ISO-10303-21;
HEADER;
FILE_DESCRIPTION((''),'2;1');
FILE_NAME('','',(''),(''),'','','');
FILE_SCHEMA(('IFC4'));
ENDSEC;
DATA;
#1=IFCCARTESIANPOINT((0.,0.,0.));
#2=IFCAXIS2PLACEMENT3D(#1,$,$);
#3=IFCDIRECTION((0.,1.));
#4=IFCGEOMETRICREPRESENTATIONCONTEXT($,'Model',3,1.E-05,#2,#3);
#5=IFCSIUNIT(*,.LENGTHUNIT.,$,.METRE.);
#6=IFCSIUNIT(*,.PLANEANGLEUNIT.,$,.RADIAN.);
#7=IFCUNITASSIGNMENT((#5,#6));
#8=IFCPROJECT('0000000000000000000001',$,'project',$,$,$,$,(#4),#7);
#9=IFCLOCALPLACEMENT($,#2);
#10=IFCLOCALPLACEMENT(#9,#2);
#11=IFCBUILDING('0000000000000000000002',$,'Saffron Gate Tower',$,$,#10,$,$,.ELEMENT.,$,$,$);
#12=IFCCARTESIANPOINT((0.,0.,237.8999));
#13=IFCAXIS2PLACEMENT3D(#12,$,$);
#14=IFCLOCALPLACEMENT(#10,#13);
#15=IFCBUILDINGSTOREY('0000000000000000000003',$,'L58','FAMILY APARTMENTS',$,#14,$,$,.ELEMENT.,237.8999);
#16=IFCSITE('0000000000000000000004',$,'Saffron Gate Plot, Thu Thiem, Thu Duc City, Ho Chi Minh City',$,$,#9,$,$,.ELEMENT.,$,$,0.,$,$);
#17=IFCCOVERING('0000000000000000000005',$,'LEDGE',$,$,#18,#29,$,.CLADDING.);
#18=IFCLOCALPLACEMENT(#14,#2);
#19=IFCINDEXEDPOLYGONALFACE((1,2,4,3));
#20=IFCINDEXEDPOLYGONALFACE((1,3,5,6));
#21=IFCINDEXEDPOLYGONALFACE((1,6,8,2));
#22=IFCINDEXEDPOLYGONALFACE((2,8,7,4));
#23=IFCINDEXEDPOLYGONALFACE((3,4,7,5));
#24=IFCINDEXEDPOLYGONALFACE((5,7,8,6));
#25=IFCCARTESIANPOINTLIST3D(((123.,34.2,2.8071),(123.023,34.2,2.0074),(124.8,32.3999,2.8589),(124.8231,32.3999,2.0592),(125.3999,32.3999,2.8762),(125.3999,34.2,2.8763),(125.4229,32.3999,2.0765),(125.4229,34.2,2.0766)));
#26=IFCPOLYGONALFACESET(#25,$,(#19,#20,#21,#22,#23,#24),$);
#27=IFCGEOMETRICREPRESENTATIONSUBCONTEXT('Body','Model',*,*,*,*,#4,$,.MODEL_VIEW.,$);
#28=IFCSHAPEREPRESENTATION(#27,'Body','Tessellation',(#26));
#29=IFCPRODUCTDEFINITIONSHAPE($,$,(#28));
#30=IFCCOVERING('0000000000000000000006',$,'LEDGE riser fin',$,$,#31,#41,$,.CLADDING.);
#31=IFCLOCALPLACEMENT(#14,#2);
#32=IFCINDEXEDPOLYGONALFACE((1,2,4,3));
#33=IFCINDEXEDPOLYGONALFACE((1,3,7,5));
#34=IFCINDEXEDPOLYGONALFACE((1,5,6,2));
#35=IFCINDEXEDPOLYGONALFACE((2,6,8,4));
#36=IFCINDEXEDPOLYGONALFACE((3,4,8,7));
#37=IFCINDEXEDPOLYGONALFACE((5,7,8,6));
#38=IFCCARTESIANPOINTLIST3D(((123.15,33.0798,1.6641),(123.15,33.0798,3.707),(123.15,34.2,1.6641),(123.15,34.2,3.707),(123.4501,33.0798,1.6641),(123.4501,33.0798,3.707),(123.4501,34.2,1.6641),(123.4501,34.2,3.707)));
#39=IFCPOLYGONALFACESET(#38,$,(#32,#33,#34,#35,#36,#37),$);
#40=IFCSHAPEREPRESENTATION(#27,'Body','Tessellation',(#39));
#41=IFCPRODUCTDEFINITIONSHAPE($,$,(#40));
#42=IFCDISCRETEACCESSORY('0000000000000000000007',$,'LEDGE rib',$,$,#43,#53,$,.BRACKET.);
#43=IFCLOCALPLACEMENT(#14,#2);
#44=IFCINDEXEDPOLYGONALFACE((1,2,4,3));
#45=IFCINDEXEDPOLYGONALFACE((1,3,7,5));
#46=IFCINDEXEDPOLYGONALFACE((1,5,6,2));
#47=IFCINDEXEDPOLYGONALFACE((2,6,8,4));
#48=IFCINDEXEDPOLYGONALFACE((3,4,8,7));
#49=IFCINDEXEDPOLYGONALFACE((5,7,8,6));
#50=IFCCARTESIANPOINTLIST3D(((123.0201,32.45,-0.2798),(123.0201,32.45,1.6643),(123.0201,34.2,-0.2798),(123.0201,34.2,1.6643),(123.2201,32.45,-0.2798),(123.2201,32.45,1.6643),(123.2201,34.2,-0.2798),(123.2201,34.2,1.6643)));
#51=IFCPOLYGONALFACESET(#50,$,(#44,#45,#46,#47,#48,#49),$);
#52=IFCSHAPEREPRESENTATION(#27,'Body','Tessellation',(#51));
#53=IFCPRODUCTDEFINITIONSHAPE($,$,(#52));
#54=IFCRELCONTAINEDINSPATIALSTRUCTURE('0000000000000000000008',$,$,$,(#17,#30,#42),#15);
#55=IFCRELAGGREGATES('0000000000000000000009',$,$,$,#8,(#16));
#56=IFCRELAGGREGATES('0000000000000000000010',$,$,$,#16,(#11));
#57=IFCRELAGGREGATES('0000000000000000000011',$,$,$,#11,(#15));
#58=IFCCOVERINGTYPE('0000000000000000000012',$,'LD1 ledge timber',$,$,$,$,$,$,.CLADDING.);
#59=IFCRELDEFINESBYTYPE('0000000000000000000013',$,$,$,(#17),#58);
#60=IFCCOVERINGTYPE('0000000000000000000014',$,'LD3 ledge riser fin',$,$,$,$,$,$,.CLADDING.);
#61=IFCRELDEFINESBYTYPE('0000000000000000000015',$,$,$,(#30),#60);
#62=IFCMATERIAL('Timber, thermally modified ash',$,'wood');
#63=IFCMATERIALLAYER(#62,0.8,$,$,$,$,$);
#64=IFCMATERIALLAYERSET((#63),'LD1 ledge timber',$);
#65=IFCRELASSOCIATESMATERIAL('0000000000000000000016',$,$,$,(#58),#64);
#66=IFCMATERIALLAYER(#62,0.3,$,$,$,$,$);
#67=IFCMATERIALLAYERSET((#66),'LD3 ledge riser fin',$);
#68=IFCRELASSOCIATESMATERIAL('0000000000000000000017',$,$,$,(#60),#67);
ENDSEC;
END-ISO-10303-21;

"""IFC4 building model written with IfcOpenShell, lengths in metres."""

from ifc_helpers import new_model, si_unit, direction, frame, origin, origin_2d, place, context, subcontext, project, spatial, polyline, rectangle, outline, extrude, material, layer, layer_set, type_object, element, save


model = new_model("IFC4")

# Units and contexts
model_context = context("Model", 3, precision=1e-05, world=origin(), true_north=direction((0.0, 1.0)))
body_context = subcontext(model_context, "Body", "Model", "MODEL_VIEW")
ifc_project = project(units=[si_unit("LENGTHUNIT", "METRE"), si_unit("PLANEANGLEUNIT", "RADIAN")], contexts=[model_context])

# Site, building, storey
site_placement = place(None, origin())
site = spatial("IfcSite", under=ifc_project, at=site_placement, Name="Saffron Gate Plot, Thu Thiem, Thu Duc City, Ho Chi Minh City", CompositionType="ELEMENT", RefElevation=0.0)
building_placement = place(site_placement, origin())
building = spatial("IfcBuilding", under=site, at=building_placement, Name="Saffron Gate Tower", CompositionType="ELEMENT")
storey_placement = place(building_placement, frame((0.0, 0.0, 237.8999)))
storey = spatial("IfcBuildingStorey", under=building, at=storey_placement, Name="L58", Description="FAMILY APARTMENTS", CompositionType="ELEMENT", Elevation=237.8999)

# Coverings
ifc_material_1 = material(Name="Timber, thermally modified ash", Category="wood")
ifc_layer_1 = layer(ifc_material_1, 0.8)
ifc_layer_set_1 = layer_set([ifc_layer_1], Name="LD1 ledge timber")
covering_type_1 = type_object("IfcCoveringType", Name="LD1 ledge timber", PredefinedType="CLADDING", material=ifc_layer_set_1)
covering_1_placement = place(storey_placement, frame((123.0, 34.2, 2.8071), z_axis=(-0.028799, -0.000029, 0.999585), x_axis=(0.999585, 0.0, 0.028799)))
element("IfcCovering", 1, at=covering_1_placement, inside=storey, type_object=covering_type_1, Name="LEDGE", PredefinedType="CLADDING", context=body_context, shape_type="SweptSolid", body=[
    extrude(outline(polyline([(0.0, 0.0), (2.4009, 0.0), (2.4009, -1.8), (1.8008, -1.8), (0.0, 0.0)])), origin(), (0.0, 0.0, -1.0), 0.8),
])
ifc_layer_2 = layer(ifc_material_1, 0.3)
ifc_layer_set_2 = layer_set([ifc_layer_2], Name="LD3 ledge riser fin")
covering_type_2 = type_object("IfcCoveringType", Name="LD3 ledge riser fin", PredefinedType="CLADDING", material=ifc_layer_set_2)
covering_2_placement = place(storey_placement, frame((123.3, 33.6399, 1.6641), z_axis=(0.0, 0.0, 1.0), x_axis=(1.0, 0.0, 0.0)))
element("IfcCovering", 2, at=covering_2_placement, inside=storey, type_object=covering_type_2, Name="LEDGE riser fin", PredefinedType="CLADDING", context=body_context, shape_type="SweptSolid", body=[
    extrude(rectangle(XDim=0.3, YDim=1.1201, at=origin_2d()), origin(), (0.0, 0.0, 1.0), 2.043),
])

# Discrete accessory
discrete_accessory_placement = place(storey_placement, frame((123.1201, 33.325, -0.2798), z_axis=(0.0, 0.0, 1.0), x_axis=(1.0, 0.0, 0.0)))
element("IfcDiscreteAccessory", 3, at=discrete_accessory_placement, inside=storey, Name="LEDGE rib", PredefinedType="BRACKET", context=body_context, shape_type="SweptSolid", body=[
    extrude(rectangle(XDim=0.2, YDim=1.75, at=origin_2d()), origin(), (0.0, 0.0, 1.0), 1.9441),
])

save(model, "model.ifc")
